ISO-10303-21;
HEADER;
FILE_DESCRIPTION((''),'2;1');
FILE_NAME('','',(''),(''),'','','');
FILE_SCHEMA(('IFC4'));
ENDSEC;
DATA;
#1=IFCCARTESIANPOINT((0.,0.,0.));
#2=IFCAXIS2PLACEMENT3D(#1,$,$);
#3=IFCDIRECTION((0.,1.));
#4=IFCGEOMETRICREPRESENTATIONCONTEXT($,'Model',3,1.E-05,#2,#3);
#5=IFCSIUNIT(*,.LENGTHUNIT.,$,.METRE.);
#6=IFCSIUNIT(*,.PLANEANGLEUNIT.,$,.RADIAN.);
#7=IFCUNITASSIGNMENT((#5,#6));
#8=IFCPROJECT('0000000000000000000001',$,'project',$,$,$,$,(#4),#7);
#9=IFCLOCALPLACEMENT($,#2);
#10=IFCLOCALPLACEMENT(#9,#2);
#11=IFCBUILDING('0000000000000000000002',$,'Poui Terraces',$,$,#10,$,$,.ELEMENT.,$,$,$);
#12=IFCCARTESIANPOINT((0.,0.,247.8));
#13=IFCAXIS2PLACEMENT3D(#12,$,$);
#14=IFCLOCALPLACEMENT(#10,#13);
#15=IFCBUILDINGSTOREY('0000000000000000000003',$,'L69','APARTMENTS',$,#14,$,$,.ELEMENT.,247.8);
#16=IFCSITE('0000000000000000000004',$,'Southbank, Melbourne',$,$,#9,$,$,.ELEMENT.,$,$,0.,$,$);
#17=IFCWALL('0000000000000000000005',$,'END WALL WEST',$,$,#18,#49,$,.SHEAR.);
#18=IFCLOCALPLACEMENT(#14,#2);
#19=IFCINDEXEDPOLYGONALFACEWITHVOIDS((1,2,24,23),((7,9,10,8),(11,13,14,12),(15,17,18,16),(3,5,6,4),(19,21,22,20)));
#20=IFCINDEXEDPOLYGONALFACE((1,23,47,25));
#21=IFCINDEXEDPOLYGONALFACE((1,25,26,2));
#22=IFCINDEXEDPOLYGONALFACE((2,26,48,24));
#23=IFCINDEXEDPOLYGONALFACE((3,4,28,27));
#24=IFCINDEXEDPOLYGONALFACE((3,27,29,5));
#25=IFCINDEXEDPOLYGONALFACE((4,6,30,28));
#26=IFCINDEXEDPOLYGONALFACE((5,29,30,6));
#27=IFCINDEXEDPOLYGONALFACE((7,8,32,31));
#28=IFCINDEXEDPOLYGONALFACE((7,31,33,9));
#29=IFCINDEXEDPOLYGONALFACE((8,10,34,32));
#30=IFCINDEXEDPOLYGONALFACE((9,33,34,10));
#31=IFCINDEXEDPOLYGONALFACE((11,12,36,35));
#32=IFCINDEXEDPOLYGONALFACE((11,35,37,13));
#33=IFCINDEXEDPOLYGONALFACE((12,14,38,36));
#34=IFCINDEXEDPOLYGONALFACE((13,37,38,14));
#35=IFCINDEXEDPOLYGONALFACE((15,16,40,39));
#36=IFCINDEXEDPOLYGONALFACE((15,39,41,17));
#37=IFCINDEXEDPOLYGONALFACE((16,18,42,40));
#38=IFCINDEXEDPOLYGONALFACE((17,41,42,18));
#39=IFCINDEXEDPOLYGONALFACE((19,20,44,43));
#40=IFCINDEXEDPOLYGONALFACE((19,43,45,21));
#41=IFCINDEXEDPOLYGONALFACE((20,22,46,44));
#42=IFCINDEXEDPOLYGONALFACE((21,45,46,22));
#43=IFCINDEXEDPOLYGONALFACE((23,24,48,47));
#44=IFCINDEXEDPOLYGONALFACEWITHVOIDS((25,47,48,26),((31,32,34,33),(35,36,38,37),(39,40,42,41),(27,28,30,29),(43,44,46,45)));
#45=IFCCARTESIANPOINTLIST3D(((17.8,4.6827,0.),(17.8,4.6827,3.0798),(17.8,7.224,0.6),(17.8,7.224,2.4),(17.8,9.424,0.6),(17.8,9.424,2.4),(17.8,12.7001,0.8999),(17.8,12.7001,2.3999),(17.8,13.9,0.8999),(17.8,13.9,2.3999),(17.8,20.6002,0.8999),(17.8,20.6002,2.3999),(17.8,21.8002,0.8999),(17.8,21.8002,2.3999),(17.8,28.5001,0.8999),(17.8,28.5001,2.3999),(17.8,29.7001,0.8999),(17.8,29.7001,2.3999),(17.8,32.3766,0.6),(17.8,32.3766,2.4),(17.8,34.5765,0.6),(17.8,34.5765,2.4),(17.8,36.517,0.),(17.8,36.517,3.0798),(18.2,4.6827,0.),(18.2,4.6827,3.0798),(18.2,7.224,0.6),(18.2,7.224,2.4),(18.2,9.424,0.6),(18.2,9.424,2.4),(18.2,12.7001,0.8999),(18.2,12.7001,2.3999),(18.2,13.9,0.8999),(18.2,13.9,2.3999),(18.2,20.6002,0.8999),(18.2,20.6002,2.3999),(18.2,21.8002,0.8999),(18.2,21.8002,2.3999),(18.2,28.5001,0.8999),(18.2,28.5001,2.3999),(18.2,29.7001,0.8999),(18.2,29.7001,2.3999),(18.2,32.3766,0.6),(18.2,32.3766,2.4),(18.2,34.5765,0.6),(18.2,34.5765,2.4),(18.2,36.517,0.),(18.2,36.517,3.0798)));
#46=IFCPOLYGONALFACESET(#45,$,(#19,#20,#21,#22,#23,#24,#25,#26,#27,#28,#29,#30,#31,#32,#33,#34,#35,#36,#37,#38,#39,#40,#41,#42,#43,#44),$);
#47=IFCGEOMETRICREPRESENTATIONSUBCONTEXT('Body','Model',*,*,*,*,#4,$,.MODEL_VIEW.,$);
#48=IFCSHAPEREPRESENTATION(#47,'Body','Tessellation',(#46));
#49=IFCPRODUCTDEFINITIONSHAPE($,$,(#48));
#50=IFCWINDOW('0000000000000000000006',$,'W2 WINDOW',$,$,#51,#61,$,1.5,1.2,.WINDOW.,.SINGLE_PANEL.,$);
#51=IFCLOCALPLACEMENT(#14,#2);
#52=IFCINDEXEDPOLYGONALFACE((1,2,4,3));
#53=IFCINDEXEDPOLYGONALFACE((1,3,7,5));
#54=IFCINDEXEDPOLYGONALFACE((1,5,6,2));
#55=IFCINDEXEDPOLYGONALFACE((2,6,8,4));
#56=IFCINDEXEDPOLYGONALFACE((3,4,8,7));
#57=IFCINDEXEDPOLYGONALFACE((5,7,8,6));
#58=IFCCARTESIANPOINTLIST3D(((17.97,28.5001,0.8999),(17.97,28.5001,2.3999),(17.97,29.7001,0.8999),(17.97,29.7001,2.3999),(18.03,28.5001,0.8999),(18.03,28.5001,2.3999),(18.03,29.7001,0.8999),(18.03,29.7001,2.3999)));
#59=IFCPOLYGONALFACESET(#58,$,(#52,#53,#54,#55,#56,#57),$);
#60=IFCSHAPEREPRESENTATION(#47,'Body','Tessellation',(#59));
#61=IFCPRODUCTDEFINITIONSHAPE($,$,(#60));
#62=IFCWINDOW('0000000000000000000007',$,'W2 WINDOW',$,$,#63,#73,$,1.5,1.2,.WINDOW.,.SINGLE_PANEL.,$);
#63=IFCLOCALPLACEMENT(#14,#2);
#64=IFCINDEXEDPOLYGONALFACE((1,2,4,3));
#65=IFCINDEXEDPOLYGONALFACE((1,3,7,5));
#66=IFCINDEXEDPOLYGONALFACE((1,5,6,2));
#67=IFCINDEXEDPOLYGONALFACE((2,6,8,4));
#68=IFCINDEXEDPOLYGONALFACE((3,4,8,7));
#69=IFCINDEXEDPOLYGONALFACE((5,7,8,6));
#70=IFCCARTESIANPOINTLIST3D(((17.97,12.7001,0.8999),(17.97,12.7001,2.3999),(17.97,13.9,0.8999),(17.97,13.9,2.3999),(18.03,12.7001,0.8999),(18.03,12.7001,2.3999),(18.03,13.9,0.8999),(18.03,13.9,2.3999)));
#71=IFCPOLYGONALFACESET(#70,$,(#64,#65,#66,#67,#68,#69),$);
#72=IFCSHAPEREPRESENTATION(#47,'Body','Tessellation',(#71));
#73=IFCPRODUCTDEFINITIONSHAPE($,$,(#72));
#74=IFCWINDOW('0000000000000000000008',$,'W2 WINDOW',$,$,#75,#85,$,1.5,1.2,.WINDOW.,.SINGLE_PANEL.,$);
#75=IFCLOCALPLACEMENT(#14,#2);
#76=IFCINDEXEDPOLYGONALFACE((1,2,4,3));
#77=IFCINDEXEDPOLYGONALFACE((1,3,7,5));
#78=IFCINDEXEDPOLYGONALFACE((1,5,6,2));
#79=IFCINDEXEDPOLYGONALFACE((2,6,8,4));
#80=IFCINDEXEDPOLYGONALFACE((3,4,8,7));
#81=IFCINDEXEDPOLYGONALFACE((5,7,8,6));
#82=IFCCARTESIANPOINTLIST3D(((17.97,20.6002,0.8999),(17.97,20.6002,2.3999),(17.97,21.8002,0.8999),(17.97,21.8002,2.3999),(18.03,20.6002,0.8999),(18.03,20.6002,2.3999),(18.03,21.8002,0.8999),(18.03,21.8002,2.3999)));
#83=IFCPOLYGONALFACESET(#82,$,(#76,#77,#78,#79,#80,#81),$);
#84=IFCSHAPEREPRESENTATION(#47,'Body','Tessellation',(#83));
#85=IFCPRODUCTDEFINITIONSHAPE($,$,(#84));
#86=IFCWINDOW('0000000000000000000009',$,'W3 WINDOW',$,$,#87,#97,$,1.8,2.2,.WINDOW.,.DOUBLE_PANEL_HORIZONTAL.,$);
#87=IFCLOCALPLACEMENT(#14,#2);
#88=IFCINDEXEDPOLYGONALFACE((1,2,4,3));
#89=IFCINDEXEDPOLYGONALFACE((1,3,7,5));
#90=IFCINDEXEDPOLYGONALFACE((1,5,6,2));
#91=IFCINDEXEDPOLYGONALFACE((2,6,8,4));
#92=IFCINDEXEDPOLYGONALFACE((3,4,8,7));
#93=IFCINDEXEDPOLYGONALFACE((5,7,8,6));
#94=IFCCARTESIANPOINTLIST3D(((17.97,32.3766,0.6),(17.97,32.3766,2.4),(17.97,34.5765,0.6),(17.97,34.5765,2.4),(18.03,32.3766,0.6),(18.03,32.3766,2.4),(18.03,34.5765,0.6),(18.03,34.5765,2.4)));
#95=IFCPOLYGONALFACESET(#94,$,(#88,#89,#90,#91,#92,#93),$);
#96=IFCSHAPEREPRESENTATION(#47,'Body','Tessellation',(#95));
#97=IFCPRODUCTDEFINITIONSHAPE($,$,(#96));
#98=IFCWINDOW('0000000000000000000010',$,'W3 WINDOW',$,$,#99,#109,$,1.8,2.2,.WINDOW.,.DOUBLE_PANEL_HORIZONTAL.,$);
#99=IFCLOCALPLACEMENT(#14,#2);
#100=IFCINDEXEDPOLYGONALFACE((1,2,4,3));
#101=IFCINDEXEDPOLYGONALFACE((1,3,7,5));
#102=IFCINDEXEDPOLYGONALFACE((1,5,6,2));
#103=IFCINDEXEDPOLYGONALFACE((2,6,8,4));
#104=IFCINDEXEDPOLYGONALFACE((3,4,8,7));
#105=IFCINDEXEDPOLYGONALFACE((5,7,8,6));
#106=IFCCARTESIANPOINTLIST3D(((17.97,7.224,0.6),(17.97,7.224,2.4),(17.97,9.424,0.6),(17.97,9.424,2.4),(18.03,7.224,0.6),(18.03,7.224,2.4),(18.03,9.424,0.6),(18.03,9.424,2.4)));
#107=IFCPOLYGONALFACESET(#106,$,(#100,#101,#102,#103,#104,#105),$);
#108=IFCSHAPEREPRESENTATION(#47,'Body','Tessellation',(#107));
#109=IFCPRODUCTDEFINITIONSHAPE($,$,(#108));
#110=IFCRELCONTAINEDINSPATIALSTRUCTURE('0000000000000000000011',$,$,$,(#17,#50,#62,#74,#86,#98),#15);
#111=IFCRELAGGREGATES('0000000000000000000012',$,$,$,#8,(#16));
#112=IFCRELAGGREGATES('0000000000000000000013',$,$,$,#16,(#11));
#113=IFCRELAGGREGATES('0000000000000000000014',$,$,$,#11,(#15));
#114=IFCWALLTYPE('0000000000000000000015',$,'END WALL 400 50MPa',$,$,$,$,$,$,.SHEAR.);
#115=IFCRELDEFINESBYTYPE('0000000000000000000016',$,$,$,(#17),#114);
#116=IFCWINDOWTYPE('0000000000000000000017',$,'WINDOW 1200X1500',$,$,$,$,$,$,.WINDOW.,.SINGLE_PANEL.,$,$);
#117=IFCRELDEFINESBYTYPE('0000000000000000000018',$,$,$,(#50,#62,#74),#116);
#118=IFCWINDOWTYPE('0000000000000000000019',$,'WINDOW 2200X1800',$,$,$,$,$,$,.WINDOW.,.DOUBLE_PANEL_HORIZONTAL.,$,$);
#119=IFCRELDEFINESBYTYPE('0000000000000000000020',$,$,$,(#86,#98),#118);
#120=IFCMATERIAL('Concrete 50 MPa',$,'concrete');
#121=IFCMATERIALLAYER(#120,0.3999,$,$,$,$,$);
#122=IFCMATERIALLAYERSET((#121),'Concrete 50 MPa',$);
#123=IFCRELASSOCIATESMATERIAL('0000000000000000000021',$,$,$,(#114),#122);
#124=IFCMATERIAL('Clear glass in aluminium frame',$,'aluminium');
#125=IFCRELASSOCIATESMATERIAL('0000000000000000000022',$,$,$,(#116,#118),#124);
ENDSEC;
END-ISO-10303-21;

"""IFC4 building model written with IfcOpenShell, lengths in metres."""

from ifc_helpers import new_model, si_unit, direction, frame, frame_2d, origin, place, context, subcontext, project, spatial, rectangle, extrude, material, layer, layer_set, type_object, element, fill, save


model = new_model("IFC4")

# Units and contexts
model_context = context("Model", 3, precision=1e-05, world=origin(), true_north=direction((0.0, 1.0)))
body_context = subcontext(model_context, "Body", "Model", "MODEL_VIEW")
ifc_project = project(units=[si_unit("LENGTHUNIT", "METRE"), si_unit("PLANEANGLEUNIT", "RADIAN")], contexts=[model_context])

# Site, building, storey
site_placement = place(None, origin())
site = spatial("IfcSite", under=ifc_project, at=site_placement, Name="Southbank, Melbourne", CompositionType="ELEMENT", RefElevation=0.0)
building_placement = place(site_placement, origin())
building = spatial("IfcBuilding", under=site, at=building_placement, Name="Poui Terraces", CompositionType="ELEMENT")
storey_placement = place(building_placement, frame((0.0, 0.0, 247.8)))
storey = spatial("IfcBuildingStorey", under=building, at=storey_placement, Name="L69", Description="APARTMENTS", CompositionType="ELEMENT", Elevation=247.8)

# Wall, openings, windows
ifc_material_1 = material(Name="Concrete 50 MPa", Category="concrete")
ifc_layer = layer(ifc_material_1, 0.3999)
ifc_layer_set = layer_set([ifc_layer], Name="Concrete 50 MPa")
wall_type = type_object("IfcWallType", Name="END WALL 400 50MPa", PredefinedType="SHEAR", material=ifc_layer_set)
wall_placement = place(storey_placement, frame((18.0, 4.6829, 0.0), z_axis=(0.0, 0.0, 1.0), x_axis=(0.0, 1.0, 0.0)))
wall = element("IfcWall", 1, at=wall_placement, inside=storey, type_object=wall_type, Name="END WALL WEST", PredefinedType="SHEAR", context=body_context, shape_type="SweptSolid", body=[
    extrude(rectangle(XDim=31.8342, YDim=0.3999, at=frame_2d((15.917, 0.0))), origin(), (0.0, 0.0, 1.0), 3.0798),
])
opening_1_placement = place(wall_placement, frame((23.8171, 0.0, 0.8999)))
opening_1 = element("IfcOpeningElement", 2, at=opening_1_placement, cuts=wall, PredefinedType="OPENING", context=body_context, shape_type="SweptSolid", body=[
    extrude(rectangle(XDim=1.2, YDim=1.5, at=frame_2d((0.6001, 0.75))), frame((0.0, 0.21, 0.0), z_axis=(0.0, -1.0, 0.0), x_axis=(1.0, 0.0, 0.0)), (0.0, 0.0, 1.0), 0.4199),
])
opening_2_placement = place(wall_placement, frame((8.0171, 0.0, 0.8999)))
opening_2 = element("IfcOpeningElement", 3, at=opening_2_placement, cuts=wall, PredefinedType="OPENING", context=body_context, shape_type="SweptSolid", body=[
    extrude(rectangle(XDim=1.2, YDim=1.5, at=frame_2d((0.6001, 0.75))), frame((0.0, 0.21, 0.0), z_axis=(0.0, -1.0, 0.0), x_axis=(1.0, 0.0, 0.0)), (0.0, 0.0, 1.0), 0.4199),
])
opening_3_placement = place(wall_placement, frame((27.6936, 0.0, 0.6001)))
opening_3 = element("IfcOpeningElement", 4, at=opening_3_placement, cuts=wall, PredefinedType="OPENING", context=body_context, shape_type="SweptSolid", body=[
    extrude(rectangle(XDim=2.2, YDim=1.8, at=frame_2d((1.1001, 0.8999))), frame((0.0, 0.21, 0.0), z_axis=(0.0, -1.0, 0.0), x_axis=(1.0, 0.0, 0.0)), (0.0, 0.0, 1.0), 0.4199),
])
opening_4_placement = place(wall_placement, frame((2.541, 0.0, 0.6001)))
opening_4 = element("IfcOpeningElement", 5, at=opening_4_placement, cuts=wall, PredefinedType="OPENING", context=body_context, shape_type="SweptSolid", body=[
    extrude(rectangle(XDim=2.2, YDim=1.8, at=frame_2d((1.1001, 0.8999))), frame((0.0, 0.21, 0.0), z_axis=(0.0, -1.0, 0.0), x_axis=(1.0, 0.0, 0.0)), (0.0, 0.0, 1.0), 0.4199),
])
opening_5_placement = place(wall_placement, frame((15.9172, 0.0, 0.8999)))
opening_5 = element("IfcOpeningElement", 6, at=opening_5_placement, cuts=wall, PredefinedType="OPENING", context=body_context, shape_type="SweptSolid", body=[
    extrude(rectangle(XDim=1.2, YDim=1.5, at=frame_2d((0.6001, 0.75))), frame((0.0, 0.21, 0.0), z_axis=(0.0, -1.0, 0.0), x_axis=(1.0, 0.0, 0.0)), (0.0, 0.0, 1.0), 0.4199),
])
ifc_material_2 = material(Name="Clear glass in aluminium frame", Category="aluminium")
window_type_1 = type_object("IfcWindowType", Name="WINDOW 1200X1500", PartitioningType="SINGLE_PANEL", PredefinedType="WINDOW", material=ifc_material_2)
window_1_placement = place(opening_1_placement, origin())
window_1 = element("IfcWindow", 7, at=window_1_placement, inside=storey, type_object=window_type_1, Name="W2 WINDOW", OverallHeight=1.5, OverallWidth=1.2, PartitioningType="SINGLE_PANEL", PredefinedType="WINDOW", context=body_context, shape_type="SweptSolid", body=[
    extrude(rectangle(XDim=1.2, YDim=1.5, at=frame_2d((0.6001, 0.75))), frame((0.0, 0.03, 0.0), z_axis=(0.0, -1.0, 0.0), x_axis=(1.0, 0.0, 0.0)), (0.0, 0.0, 1.0), 0.0601),
])
fill(opening_1, window_1)
window_2_placement = place(opening_2_placement, origin())
window_2 = element("IfcWindow", 8, at=window_2_placement, inside=storey, type_object=window_type_1, Name="W2 WINDOW", OverallHeight=1.5, OverallWidth=1.2, PartitioningType="SINGLE_PANEL", PredefinedType="WINDOW", context=body_context, shape_type="SweptSolid", body=[
    extrude(rectangle(XDim=1.2, YDim=1.5, at=frame_2d((0.6001, 0.75))), frame((0.0, 0.03, 0.0), z_axis=(0.0, -1.0, 0.0), x_axis=(1.0, 0.0, 0.0)), (0.0, 0.0, 1.0), 0.0601),
])
fill(opening_2, window_2)
window_3_placement = place(opening_5_placement, origin())
window_3 = element("IfcWindow", 9, at=window_3_placement, inside=storey, type_object=window_type_1, Name="W2 WINDOW", OverallHeight=1.5, OverallWidth=1.2, PartitioningType="SINGLE_PANEL", PredefinedType="WINDOW", context=body_context, shape_type="SweptSolid", body=[
    extrude(rectangle(XDim=1.2, YDim=1.5, at=frame_2d((0.6001, 0.75))), frame((0.0, 0.03, 0.0), z_axis=(0.0, -1.0, 0.0), x_axis=(1.0, 0.0, 0.0)), (0.0, 0.0, 1.0), 0.0601),
])
fill(opening_5, window_3)
window_type_2 = type_object("IfcWindowType", Name="WINDOW 2200X1800", PartitioningType="DOUBLE_PANEL_HORIZONTAL", PredefinedType="WINDOW", material=ifc_material_2)
window_4_placement = place(opening_3_placement, origin())
window_4 = element("IfcWindow", 10, at=window_4_placement, inside=storey, type_object=window_type_2, Name="W3 WINDOW", OverallHeight=1.8, OverallWidth=2.2, PartitioningType="DOUBLE_PANEL_HORIZONTAL", PredefinedType="WINDOW", context=body_context, shape_type="SweptSolid", body=[
    extrude(rectangle(XDim=2.2, YDim=1.8, at=frame_2d((1.1001, 0.8999))), frame((0.0, 0.03, 0.0), z_axis=(0.0, -1.0, 0.0), x_axis=(1.0, 0.0, 0.0)), (0.0, 0.0, 1.0), 0.0601),
])
fill(opening_3, window_4)
window_5_placement = place(opening_4_placement, origin())
window_5 = element("IfcWindow", 11, at=window_5_placement, inside=storey, type_object=window_type_2, Name="W3 WINDOW", OverallHeight=1.8, OverallWidth=2.2, PartitioningType="DOUBLE_PANEL_HORIZONTAL", PredefinedType="WINDOW", context=body_context, shape_type="SweptSolid", body=[
    extrude(rectangle(XDim=2.2, YDim=1.8, at=frame_2d((1.1001, 0.8999))), frame((0.0, 0.03, 0.0), z_axis=(0.0, -1.0, 0.0), x_axis=(1.0, 0.0, 0.0)), (0.0, 0.0, 1.0), 0.0601),
])
fill(opening_4, window_5)

save(model, "model.ifc")
